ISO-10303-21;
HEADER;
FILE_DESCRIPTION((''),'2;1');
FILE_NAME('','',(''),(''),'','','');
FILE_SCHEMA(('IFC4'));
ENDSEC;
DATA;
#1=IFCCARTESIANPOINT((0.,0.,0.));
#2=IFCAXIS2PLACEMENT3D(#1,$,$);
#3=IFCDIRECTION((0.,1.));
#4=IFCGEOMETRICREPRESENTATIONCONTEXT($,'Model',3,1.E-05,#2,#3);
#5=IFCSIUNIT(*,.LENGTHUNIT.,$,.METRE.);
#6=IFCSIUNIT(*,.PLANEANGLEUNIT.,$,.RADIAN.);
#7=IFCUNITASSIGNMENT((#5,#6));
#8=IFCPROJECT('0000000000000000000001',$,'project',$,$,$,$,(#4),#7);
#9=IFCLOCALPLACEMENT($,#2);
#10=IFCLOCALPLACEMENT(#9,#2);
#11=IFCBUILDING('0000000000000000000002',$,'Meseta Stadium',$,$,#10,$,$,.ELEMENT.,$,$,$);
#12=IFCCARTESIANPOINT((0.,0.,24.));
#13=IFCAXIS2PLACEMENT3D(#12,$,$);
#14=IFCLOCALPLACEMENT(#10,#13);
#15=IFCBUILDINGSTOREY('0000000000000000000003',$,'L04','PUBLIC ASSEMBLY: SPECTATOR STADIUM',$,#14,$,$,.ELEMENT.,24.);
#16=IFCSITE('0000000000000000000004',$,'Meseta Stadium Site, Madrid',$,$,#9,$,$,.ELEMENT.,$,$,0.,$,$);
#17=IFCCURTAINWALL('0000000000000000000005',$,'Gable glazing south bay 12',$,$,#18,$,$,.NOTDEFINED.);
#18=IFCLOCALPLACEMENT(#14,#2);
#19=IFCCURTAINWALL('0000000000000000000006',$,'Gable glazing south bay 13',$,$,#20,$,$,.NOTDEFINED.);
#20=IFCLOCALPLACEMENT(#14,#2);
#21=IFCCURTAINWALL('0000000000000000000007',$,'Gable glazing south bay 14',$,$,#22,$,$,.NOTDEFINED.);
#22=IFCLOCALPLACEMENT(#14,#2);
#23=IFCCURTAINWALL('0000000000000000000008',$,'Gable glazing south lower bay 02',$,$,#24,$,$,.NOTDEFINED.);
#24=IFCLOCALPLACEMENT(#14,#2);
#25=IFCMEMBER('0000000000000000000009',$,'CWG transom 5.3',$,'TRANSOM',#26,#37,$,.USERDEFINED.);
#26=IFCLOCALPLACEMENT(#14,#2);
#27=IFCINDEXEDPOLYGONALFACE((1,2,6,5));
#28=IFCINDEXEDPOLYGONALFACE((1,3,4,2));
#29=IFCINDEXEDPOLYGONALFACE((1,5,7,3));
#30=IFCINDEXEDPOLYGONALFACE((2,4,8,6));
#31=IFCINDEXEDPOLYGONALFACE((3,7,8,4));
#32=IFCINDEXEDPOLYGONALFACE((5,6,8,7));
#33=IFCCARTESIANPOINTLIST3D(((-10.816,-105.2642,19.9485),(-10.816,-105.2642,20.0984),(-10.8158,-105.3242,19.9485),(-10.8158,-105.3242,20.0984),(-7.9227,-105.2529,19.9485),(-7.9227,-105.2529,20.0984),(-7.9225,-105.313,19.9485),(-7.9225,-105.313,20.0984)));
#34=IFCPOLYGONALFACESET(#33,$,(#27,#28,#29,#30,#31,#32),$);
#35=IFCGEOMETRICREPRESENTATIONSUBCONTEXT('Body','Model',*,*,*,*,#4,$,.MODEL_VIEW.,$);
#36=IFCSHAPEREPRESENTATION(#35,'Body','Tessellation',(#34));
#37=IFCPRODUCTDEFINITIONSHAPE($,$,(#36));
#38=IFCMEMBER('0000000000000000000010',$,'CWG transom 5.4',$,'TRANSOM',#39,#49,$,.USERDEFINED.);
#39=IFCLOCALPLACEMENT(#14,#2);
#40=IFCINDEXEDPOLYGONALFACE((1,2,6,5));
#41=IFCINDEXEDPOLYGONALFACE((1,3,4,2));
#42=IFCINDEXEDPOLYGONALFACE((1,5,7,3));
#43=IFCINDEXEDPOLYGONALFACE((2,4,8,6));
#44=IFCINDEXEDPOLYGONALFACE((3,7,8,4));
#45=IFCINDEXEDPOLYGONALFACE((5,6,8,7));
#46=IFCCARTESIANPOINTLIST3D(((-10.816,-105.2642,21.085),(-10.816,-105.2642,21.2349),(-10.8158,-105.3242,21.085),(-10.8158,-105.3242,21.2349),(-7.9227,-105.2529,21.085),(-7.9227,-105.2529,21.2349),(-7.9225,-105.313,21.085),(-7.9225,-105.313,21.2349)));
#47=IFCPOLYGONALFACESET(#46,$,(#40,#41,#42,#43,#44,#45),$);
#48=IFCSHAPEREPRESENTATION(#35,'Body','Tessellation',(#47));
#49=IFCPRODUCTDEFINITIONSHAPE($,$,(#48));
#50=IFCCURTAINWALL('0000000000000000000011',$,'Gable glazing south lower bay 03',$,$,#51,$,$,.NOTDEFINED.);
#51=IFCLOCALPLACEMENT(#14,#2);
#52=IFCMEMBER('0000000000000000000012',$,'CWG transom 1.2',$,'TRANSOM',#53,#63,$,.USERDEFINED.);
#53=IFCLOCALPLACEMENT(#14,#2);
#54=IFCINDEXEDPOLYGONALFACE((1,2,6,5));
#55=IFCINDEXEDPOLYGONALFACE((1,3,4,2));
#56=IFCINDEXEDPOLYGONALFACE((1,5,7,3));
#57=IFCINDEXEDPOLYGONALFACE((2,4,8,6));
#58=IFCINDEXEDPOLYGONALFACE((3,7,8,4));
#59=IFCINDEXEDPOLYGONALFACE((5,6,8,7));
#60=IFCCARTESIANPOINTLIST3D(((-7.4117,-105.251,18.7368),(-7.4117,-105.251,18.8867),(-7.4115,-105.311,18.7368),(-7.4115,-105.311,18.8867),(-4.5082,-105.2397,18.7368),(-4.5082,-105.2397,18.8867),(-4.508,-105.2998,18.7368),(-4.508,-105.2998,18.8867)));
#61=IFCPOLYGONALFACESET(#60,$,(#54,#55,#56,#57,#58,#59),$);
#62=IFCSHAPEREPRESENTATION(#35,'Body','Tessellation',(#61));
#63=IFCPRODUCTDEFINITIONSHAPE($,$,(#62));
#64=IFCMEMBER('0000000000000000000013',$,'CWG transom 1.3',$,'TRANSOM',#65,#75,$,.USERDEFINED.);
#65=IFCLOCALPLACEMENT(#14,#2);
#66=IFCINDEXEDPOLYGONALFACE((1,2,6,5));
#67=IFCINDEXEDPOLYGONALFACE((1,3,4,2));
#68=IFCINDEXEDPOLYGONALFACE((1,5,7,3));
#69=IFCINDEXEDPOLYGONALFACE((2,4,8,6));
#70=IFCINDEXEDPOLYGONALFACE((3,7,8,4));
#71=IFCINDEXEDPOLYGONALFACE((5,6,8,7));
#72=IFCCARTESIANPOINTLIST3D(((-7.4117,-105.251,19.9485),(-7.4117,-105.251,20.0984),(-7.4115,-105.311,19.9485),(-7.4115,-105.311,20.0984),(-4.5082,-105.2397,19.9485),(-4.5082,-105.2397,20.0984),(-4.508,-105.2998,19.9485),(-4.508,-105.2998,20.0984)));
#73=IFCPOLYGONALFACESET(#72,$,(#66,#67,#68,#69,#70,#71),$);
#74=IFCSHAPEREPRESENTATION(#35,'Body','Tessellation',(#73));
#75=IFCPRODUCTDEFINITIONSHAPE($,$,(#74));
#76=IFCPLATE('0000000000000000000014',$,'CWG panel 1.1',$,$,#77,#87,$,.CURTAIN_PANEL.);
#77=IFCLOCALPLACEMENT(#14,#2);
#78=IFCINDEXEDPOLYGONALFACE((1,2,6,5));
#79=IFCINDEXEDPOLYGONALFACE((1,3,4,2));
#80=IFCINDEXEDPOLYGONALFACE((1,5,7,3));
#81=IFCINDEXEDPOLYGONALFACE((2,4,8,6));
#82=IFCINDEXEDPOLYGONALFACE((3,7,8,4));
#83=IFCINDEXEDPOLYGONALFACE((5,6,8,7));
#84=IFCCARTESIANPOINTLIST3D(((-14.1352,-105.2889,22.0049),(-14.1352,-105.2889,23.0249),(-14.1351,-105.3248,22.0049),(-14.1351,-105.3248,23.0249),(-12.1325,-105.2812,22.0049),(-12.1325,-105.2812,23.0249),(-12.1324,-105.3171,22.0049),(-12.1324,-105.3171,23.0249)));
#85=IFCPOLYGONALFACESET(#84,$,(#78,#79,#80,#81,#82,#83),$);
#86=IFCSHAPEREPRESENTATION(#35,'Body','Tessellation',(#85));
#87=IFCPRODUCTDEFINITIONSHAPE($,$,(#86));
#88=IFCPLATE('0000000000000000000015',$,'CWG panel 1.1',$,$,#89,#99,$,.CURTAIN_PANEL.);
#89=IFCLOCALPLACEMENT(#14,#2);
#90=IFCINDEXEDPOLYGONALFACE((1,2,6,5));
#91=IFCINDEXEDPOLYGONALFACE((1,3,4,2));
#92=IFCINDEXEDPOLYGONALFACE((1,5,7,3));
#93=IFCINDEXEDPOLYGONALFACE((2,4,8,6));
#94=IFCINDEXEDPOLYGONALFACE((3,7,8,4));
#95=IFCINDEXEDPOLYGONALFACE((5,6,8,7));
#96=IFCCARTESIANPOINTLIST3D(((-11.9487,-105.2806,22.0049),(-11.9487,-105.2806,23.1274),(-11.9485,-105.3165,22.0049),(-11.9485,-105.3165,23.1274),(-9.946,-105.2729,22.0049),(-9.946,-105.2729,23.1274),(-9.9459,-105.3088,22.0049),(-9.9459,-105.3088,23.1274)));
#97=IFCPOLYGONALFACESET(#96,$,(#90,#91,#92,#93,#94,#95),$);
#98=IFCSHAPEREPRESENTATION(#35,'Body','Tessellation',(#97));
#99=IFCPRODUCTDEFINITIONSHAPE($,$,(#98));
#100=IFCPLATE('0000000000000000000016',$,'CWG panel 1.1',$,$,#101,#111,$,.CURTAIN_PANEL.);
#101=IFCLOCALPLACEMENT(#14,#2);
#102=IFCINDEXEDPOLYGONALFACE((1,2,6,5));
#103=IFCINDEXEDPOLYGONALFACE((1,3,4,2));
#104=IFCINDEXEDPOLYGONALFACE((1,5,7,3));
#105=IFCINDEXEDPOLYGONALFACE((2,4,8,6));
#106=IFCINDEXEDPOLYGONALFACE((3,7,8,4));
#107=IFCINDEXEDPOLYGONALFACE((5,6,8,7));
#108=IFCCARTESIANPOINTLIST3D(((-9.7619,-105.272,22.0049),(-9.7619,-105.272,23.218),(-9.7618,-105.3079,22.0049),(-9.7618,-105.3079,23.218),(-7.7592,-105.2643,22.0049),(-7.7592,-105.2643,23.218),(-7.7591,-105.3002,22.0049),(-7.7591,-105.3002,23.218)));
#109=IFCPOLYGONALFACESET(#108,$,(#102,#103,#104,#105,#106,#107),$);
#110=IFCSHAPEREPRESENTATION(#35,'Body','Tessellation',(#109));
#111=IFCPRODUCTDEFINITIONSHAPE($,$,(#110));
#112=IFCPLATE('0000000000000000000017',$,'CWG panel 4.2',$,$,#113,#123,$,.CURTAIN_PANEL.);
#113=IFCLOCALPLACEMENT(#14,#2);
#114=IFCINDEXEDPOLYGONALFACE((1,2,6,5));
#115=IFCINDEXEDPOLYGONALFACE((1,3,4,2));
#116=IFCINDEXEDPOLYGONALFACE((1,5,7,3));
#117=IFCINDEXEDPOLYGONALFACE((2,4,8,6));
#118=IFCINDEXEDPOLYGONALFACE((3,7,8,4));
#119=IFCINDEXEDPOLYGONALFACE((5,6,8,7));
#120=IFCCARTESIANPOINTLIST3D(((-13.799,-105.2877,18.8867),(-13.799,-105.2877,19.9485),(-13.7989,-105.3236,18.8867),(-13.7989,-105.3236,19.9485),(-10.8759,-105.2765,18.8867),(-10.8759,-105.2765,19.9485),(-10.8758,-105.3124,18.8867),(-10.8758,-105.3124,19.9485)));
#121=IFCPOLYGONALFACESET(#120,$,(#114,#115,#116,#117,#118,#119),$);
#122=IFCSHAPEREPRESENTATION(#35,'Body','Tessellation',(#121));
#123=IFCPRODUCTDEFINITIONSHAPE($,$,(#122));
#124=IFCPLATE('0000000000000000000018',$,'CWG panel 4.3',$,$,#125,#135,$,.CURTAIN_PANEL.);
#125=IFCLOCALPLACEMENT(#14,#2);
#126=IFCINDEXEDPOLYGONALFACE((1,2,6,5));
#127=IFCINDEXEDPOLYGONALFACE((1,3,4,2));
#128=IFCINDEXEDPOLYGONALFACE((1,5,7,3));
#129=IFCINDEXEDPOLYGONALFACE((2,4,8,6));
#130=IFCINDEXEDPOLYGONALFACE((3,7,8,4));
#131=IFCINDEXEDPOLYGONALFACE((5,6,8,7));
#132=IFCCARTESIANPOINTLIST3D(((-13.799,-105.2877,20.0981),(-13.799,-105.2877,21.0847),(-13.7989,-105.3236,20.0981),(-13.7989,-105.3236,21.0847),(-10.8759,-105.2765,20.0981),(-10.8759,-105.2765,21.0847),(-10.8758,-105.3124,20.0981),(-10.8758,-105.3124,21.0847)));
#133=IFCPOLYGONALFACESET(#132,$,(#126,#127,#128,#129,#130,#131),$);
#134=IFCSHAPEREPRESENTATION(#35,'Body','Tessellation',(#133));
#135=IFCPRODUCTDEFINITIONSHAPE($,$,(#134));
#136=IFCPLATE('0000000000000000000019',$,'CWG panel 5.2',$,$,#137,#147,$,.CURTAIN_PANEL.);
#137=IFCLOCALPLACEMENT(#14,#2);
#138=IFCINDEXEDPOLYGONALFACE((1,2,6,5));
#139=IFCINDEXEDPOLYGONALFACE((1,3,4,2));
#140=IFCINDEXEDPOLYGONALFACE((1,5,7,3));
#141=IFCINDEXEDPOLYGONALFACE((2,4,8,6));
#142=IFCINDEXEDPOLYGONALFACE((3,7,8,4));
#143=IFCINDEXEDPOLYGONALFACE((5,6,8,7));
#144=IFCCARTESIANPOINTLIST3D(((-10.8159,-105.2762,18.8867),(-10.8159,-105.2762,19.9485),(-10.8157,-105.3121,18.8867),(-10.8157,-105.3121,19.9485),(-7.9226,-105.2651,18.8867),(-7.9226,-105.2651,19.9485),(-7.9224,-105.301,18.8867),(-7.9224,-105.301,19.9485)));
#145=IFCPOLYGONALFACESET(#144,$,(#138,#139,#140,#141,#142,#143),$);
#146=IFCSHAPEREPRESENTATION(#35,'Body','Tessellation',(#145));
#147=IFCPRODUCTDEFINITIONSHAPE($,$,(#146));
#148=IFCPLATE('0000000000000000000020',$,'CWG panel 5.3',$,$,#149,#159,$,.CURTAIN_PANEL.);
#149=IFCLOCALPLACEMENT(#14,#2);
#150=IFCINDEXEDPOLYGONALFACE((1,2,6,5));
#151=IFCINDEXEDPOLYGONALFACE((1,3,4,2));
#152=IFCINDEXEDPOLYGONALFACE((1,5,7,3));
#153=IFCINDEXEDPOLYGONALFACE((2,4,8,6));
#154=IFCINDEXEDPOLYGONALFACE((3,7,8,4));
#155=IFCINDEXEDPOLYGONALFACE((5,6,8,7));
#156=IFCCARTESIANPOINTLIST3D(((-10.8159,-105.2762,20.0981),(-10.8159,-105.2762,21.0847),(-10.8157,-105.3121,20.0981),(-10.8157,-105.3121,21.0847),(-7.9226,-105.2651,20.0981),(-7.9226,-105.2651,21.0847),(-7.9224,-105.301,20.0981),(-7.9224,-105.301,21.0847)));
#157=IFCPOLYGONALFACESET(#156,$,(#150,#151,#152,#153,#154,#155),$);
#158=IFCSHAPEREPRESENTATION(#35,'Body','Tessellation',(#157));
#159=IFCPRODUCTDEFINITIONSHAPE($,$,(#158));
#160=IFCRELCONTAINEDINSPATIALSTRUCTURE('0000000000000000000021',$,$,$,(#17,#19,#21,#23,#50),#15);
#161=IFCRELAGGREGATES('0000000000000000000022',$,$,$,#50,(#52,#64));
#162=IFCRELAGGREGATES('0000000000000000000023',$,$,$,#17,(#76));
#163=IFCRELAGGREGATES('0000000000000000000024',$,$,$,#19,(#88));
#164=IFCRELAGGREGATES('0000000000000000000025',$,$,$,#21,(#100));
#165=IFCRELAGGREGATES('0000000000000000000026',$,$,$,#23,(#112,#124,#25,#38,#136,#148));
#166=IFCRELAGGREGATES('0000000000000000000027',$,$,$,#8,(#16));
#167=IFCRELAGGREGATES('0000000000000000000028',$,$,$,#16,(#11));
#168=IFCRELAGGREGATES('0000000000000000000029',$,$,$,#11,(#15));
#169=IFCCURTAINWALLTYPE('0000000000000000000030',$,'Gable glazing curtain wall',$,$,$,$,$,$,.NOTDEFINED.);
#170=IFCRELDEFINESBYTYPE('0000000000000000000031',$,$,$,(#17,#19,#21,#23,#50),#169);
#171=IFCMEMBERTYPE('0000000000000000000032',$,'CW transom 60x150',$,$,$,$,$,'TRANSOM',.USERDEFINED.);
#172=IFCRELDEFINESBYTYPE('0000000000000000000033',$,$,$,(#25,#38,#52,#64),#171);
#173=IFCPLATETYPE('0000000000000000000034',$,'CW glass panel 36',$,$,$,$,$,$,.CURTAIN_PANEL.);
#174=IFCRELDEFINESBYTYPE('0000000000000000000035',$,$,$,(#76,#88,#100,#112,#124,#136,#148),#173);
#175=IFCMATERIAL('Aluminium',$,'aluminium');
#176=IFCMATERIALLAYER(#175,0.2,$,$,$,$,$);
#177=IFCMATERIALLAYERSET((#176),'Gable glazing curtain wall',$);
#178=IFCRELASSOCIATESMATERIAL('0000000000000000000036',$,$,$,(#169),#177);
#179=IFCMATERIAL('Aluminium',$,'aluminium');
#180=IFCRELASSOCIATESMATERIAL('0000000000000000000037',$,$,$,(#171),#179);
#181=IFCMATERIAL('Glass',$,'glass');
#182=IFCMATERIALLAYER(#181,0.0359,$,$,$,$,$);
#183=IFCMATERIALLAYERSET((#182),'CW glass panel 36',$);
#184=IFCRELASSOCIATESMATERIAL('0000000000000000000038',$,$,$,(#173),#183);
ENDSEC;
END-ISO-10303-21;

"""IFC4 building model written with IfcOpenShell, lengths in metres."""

from ifc_helpers import new_model, si_unit, direction, frame, origin, origin_2d, place, context, subcontext, project, spatial, rectangle, extrude, material, layer, layer_set, material_profile, profile_set, type_object, element, aggregate, save


model = new_model("IFC4")

# Units and contexts
model_context = context("Model", 3, precision=1e-05, world=origin(), true_north=direction((0.0, 1.0)))
body_context = subcontext(model_context, "Body", "Model", "MODEL_VIEW")
ifc_project = project(units=[si_unit("LENGTHUNIT", "METRE"), si_unit("PLANEANGLEUNIT", "RADIAN")], contexts=[model_context])

# Site, building, storey
site_placement = place(None, origin())
site = spatial("IfcSite", under=ifc_project, at=site_placement, Name="Meseta Stadium Site, Madrid", CompositionType="ELEMENT", RefElevation=0.0)
building_placement = place(site_placement, origin())
building = spatial("IfcBuilding", under=site, at=building_placement, Name="Meseta Stadium", CompositionType="ELEMENT")
storey_placement = place(building_placement, frame((0.0, 0.0, 24.0)))
storey = spatial("IfcBuildingStorey", under=building, at=storey_placement, Name="L04", Description="PUBLIC ASSEMBLY: SPECTATOR STADIUM", CompositionType="ELEMENT", Elevation=24.0)

# Curtain wall
ifc_material_1 = material(Name="Aluminium", Category="aluminium")
ifc_layer_1 = layer(ifc_material_1, 0.2)
ifc_layer_set_1 = layer_set([ifc_layer_1], Name="Gable glazing curtain wall")
curtain_wall_type = type_object("IfcCurtainWallType", Name="Gable glazing curtain wall", PredefinedType="NOTDEFINED", material=ifc_layer_set_1)
curtain_wall_1_placement = place(storey_placement, origin())
curtain_wall_1 = element("IfcCurtainWall", 1, at=curtain_wall_1_placement, inside=storey, type_object=curtain_wall_type, Name="Gable glazing south bay 12", PredefinedType="NOTDEFINED")

# Curtain walls
curtain_wall_2_placement = place(storey_placement, origin())
curtain_wall_2 = element("IfcCurtainWall", 2, at=curtain_wall_2_placement, inside=storey, type_object=curtain_wall_type, Name="Gable glazing south bay 13", PredefinedType="NOTDEFINED")
curtain_wall_3_placement = place(storey_placement, origin())
curtain_wall_3 = element("IfcCurtainWall", 3, at=curtain_wall_3_placement, inside=storey, type_object=curtain_wall_type, Name="Gable glazing south bay 14", PredefinedType="NOTDEFINED")

# Shared definitions
ifc_material_2 = material(Name="Aluminium", Category="aluminium")
ifc_material_profile_1 = material_profile(ifc_material_2, rectangle(XDim=0.0601, YDim=0.1499, at=origin_2d()), Name="CW 60x150")
ifc_profile_set_1 = profile_set([ifc_material_profile_1], Name="Aluminium")
member_type_1 = type_object("IfcMemberType", Name="CW transom 60x150", ElementType="TRANSOM", PredefinedType="USERDEFINED", material=ifc_profile_set_1)

# Curtain walls, members
curtain_wall_4_placement = place(storey_placement, origin())
curtain_wall_4 = element("IfcCurtainWall", 4, at=curtain_wall_4_placement, inside=storey, type_object=curtain_wall_type, Name="Gable glazing south lower bay 02", PredefinedType="NOTDEFINED")
member_1_placement = place(storey_placement, frame((-10.8159, -105.2942, 20.0234), z_axis=(0.999992, 0.003881, 0.0), x_axis=(-0.003881, 0.999992, 0.0)))
member_1 = element("IfcMember", 5, at=member_1_placement, type_object=member_type_1, Name="CWG transom 5.3", ObjectType="TRANSOM", PredefinedType="USERDEFINED", context=body_context, shape_type="SweptSolid", body=[
    extrude(rectangle(XDim=0.0601, YDim=0.1499, at=origin_2d()), origin(), (0.0, 0.0, 1.0), 2.8933),
])
member_2_placement = place(storey_placement, frame((-10.8159, -105.2942, 21.1599), z_axis=(0.999992, 0.003881, 0.0), x_axis=(-0.003881, 0.999992, 0.0)))
member_2 = element("IfcMember", 6, at=member_2_placement, type_object=member_type_1, Name="CWG transom 5.4", ObjectType="TRANSOM", PredefinedType="USERDEFINED", context=body_context, shape_type="SweptSolid", body=[
    extrude(rectangle(XDim=0.0601, YDim=0.1499, at=origin_2d()), origin(), (0.0, 0.0, 1.0), 2.8933),
])
curtain_wall_5_placement = place(storey_placement, origin())
curtain_wall_5 = element("IfcCurtainWall", 7, at=curtain_wall_5_placement, inside=storey, type_object=curtain_wall_type, Name="Gable glazing south lower bay 03", PredefinedType="NOTDEFINED")
member_3_placement = place(storey_placement, frame((-7.4116, -105.281, 18.8118), z_axis=(0.999993, 0.003868, 0.0), x_axis=(-0.003868, 0.999993, 0.0)))
member_3 = element("IfcMember", 8, at=member_3_placement, type_object=member_type_1, Name="CWG transom 1.2", ObjectType="TRANSOM", PredefinedType="USERDEFINED", context=body_context, shape_type="SweptSolid", body=[
    extrude(rectangle(XDim=0.0601, YDim=0.1499, at=origin_2d()), origin(), (0.0, 0.0, 1.0), 2.9036),
])
member_4_placement = place(storey_placement, frame((-7.4116, -105.281, 20.0234), z_axis=(0.999993, 0.003868, 0.0), x_axis=(-0.003868, 0.999993, 0.0)))
member_4 = element("IfcMember", 9, at=member_4_placement, type_object=member_type_1, Name="CWG transom 1.3", ObjectType="TRANSOM", PredefinedType="USERDEFINED", context=body_context, shape_type="SweptSolid", body=[
    extrude(rectangle(XDim=0.0601, YDim=0.1499, at=origin_2d()), origin(), (0.0, 0.0, 1.0), 2.9036),
])
aggregate(curtain_wall_5, [member_3, member_4])

# Plates
ifc_material_3 = material(Name="Glass", Category="glass")
ifc_layer_2 = layer(ifc_material_3, 0.0359)
ifc_layer_set_2 = layer_set([ifc_layer_2], Name="CW glass panel 36")
plate_type = type_object("IfcPlateType", Name="CW glass panel 36", PredefinedType="CURTAIN_PANEL", material=ifc_layer_set_2)
plate_1_placement = place(storey_placement, frame((-13.1338, -105.303, 22.0049), z_axis=(0.0, 0.0, 1.0), x_axis=(0.999993, 0.003848, 0.0)))
plate_1 = element("IfcPlate", 10, at=plate_1_placement, type_object=plate_type, Name="CWG panel 1.1", PredefinedType="CURTAIN_PANEL", context=body_context, shape_type="SweptSolid", body=[
    extrude(rectangle(XDim=2.0027, YDim=0.0359, at=origin_2d()), origin(), (0.0, 0.0, 1.0), 1.02),
])
aggregate(curtain_wall_1, [plate_1])
plate_2_placement = place(storey_placement, frame((-10.9473, -105.2947, 22.0049), z_axis=(0.0, 0.0, 1.0), x_axis=(0.999993, 0.003848, 0.0)))
plate_2 = element("IfcPlate", 11, at=plate_2_placement, type_object=plate_type, Name="CWG panel 1.1", PredefinedType="CURTAIN_PANEL", context=body_context, shape_type="SweptSolid", body=[
    extrude(rectangle(XDim=2.0027, YDim=0.0359, at=origin_2d()), origin(), (0.0, 0.0, 1.0), 1.1226),
])
aggregate(curtain_wall_2, [plate_2])
plate_3_placement = place(storey_placement, frame((-8.7605, -105.2861, 22.0049), z_axis=(0.0, 0.0, 1.0), x_axis=(0.999993, 0.003848, 0.0)))
plate_3 = element("IfcPlate", 12, at=plate_3_placement, type_object=plate_type, Name="CWG panel 1.1", PredefinedType="CURTAIN_PANEL", context=body_context, shape_type="SweptSolid", body=[
    extrude(rectangle(XDim=2.0027, YDim=0.0359, at=origin_2d()), origin(), (0.0, 0.0, 1.0), 1.2131),
])
aggregate(curtain_wall_3, [plate_3])
plate_4_placement = place(storey_placement, frame((-12.3374, -105.3, 18.8867), z_axis=(0.0, 0.0, 1.0), x_axis=(0.999993, 0.003848, 0.0)))
plate_4 = element("IfcPlate", 13, at=plate_4_placement, type_object=plate_type, Name="CWG panel 4.2", PredefinedType="CURTAIN_PANEL", context=body_context, shape_type="SweptSolid", body=[
    extrude(rectangle(XDim=2.9231, YDim=0.0359, at=origin_2d()), origin(), (0.0, 0.0, 1.0), 1.0618),
])
plate_5_placement = place(storey_placement, frame((-12.3374, -105.3, 20.0981), z_axis=(0.0, 0.0, 1.0), x_axis=(0.999993, 0.003848, 0.0)))
plate_5 = element("IfcPlate", 14, at=plate_5_placement, type_object=plate_type, Name="CWG panel 4.3", PredefinedType="CURTAIN_PANEL", context=body_context, shape_type="SweptSolid", body=[
    extrude(rectangle(XDim=2.9231, YDim=0.0359, at=origin_2d()), origin(), (0.0, 0.0, 1.0), 0.9866),
])
plate_6_placement = place(storey_placement, frame((-9.3691, -105.2886, 18.8867), z_axis=(0.0, 0.0, 1.0), x_axis=(0.999993, 0.003848, 0.0)))
plate_6 = element("IfcPlate", 15, at=plate_6_placement, type_object=plate_type, Name="CWG panel 5.2", PredefinedType="CURTAIN_PANEL", context=body_context, shape_type="SweptSolid", body=[
    extrude(rectangle(XDim=2.8933, YDim=0.0359, at=origin_2d()), origin(), (0.0, 0.0, 1.0), 1.0618),
])
plate_7_placement = place(storey_placement, frame((-9.3691, -105.2886, 20.0981), z_axis=(0.0, 0.0, 1.0), x_axis=(0.999993, 0.003848, 0.0)))
plate_7 = element("IfcPlate", 16, at=plate_7_placement, type_object=plate_type, Name="CWG panel 5.3", PredefinedType="CURTAIN_PANEL", context=body_context, shape_type="SweptSolid", body=[
    extrude(rectangle(XDim=2.8933, YDim=0.0359, at=origin_2d()), origin(), (0.0, 0.0, 1.0), 0.9866),
])
aggregate(curtain_wall_4, [plate_4, plate_5, member_1, member_2, plate_6, plate_7])

save(model, "model.ifc")
